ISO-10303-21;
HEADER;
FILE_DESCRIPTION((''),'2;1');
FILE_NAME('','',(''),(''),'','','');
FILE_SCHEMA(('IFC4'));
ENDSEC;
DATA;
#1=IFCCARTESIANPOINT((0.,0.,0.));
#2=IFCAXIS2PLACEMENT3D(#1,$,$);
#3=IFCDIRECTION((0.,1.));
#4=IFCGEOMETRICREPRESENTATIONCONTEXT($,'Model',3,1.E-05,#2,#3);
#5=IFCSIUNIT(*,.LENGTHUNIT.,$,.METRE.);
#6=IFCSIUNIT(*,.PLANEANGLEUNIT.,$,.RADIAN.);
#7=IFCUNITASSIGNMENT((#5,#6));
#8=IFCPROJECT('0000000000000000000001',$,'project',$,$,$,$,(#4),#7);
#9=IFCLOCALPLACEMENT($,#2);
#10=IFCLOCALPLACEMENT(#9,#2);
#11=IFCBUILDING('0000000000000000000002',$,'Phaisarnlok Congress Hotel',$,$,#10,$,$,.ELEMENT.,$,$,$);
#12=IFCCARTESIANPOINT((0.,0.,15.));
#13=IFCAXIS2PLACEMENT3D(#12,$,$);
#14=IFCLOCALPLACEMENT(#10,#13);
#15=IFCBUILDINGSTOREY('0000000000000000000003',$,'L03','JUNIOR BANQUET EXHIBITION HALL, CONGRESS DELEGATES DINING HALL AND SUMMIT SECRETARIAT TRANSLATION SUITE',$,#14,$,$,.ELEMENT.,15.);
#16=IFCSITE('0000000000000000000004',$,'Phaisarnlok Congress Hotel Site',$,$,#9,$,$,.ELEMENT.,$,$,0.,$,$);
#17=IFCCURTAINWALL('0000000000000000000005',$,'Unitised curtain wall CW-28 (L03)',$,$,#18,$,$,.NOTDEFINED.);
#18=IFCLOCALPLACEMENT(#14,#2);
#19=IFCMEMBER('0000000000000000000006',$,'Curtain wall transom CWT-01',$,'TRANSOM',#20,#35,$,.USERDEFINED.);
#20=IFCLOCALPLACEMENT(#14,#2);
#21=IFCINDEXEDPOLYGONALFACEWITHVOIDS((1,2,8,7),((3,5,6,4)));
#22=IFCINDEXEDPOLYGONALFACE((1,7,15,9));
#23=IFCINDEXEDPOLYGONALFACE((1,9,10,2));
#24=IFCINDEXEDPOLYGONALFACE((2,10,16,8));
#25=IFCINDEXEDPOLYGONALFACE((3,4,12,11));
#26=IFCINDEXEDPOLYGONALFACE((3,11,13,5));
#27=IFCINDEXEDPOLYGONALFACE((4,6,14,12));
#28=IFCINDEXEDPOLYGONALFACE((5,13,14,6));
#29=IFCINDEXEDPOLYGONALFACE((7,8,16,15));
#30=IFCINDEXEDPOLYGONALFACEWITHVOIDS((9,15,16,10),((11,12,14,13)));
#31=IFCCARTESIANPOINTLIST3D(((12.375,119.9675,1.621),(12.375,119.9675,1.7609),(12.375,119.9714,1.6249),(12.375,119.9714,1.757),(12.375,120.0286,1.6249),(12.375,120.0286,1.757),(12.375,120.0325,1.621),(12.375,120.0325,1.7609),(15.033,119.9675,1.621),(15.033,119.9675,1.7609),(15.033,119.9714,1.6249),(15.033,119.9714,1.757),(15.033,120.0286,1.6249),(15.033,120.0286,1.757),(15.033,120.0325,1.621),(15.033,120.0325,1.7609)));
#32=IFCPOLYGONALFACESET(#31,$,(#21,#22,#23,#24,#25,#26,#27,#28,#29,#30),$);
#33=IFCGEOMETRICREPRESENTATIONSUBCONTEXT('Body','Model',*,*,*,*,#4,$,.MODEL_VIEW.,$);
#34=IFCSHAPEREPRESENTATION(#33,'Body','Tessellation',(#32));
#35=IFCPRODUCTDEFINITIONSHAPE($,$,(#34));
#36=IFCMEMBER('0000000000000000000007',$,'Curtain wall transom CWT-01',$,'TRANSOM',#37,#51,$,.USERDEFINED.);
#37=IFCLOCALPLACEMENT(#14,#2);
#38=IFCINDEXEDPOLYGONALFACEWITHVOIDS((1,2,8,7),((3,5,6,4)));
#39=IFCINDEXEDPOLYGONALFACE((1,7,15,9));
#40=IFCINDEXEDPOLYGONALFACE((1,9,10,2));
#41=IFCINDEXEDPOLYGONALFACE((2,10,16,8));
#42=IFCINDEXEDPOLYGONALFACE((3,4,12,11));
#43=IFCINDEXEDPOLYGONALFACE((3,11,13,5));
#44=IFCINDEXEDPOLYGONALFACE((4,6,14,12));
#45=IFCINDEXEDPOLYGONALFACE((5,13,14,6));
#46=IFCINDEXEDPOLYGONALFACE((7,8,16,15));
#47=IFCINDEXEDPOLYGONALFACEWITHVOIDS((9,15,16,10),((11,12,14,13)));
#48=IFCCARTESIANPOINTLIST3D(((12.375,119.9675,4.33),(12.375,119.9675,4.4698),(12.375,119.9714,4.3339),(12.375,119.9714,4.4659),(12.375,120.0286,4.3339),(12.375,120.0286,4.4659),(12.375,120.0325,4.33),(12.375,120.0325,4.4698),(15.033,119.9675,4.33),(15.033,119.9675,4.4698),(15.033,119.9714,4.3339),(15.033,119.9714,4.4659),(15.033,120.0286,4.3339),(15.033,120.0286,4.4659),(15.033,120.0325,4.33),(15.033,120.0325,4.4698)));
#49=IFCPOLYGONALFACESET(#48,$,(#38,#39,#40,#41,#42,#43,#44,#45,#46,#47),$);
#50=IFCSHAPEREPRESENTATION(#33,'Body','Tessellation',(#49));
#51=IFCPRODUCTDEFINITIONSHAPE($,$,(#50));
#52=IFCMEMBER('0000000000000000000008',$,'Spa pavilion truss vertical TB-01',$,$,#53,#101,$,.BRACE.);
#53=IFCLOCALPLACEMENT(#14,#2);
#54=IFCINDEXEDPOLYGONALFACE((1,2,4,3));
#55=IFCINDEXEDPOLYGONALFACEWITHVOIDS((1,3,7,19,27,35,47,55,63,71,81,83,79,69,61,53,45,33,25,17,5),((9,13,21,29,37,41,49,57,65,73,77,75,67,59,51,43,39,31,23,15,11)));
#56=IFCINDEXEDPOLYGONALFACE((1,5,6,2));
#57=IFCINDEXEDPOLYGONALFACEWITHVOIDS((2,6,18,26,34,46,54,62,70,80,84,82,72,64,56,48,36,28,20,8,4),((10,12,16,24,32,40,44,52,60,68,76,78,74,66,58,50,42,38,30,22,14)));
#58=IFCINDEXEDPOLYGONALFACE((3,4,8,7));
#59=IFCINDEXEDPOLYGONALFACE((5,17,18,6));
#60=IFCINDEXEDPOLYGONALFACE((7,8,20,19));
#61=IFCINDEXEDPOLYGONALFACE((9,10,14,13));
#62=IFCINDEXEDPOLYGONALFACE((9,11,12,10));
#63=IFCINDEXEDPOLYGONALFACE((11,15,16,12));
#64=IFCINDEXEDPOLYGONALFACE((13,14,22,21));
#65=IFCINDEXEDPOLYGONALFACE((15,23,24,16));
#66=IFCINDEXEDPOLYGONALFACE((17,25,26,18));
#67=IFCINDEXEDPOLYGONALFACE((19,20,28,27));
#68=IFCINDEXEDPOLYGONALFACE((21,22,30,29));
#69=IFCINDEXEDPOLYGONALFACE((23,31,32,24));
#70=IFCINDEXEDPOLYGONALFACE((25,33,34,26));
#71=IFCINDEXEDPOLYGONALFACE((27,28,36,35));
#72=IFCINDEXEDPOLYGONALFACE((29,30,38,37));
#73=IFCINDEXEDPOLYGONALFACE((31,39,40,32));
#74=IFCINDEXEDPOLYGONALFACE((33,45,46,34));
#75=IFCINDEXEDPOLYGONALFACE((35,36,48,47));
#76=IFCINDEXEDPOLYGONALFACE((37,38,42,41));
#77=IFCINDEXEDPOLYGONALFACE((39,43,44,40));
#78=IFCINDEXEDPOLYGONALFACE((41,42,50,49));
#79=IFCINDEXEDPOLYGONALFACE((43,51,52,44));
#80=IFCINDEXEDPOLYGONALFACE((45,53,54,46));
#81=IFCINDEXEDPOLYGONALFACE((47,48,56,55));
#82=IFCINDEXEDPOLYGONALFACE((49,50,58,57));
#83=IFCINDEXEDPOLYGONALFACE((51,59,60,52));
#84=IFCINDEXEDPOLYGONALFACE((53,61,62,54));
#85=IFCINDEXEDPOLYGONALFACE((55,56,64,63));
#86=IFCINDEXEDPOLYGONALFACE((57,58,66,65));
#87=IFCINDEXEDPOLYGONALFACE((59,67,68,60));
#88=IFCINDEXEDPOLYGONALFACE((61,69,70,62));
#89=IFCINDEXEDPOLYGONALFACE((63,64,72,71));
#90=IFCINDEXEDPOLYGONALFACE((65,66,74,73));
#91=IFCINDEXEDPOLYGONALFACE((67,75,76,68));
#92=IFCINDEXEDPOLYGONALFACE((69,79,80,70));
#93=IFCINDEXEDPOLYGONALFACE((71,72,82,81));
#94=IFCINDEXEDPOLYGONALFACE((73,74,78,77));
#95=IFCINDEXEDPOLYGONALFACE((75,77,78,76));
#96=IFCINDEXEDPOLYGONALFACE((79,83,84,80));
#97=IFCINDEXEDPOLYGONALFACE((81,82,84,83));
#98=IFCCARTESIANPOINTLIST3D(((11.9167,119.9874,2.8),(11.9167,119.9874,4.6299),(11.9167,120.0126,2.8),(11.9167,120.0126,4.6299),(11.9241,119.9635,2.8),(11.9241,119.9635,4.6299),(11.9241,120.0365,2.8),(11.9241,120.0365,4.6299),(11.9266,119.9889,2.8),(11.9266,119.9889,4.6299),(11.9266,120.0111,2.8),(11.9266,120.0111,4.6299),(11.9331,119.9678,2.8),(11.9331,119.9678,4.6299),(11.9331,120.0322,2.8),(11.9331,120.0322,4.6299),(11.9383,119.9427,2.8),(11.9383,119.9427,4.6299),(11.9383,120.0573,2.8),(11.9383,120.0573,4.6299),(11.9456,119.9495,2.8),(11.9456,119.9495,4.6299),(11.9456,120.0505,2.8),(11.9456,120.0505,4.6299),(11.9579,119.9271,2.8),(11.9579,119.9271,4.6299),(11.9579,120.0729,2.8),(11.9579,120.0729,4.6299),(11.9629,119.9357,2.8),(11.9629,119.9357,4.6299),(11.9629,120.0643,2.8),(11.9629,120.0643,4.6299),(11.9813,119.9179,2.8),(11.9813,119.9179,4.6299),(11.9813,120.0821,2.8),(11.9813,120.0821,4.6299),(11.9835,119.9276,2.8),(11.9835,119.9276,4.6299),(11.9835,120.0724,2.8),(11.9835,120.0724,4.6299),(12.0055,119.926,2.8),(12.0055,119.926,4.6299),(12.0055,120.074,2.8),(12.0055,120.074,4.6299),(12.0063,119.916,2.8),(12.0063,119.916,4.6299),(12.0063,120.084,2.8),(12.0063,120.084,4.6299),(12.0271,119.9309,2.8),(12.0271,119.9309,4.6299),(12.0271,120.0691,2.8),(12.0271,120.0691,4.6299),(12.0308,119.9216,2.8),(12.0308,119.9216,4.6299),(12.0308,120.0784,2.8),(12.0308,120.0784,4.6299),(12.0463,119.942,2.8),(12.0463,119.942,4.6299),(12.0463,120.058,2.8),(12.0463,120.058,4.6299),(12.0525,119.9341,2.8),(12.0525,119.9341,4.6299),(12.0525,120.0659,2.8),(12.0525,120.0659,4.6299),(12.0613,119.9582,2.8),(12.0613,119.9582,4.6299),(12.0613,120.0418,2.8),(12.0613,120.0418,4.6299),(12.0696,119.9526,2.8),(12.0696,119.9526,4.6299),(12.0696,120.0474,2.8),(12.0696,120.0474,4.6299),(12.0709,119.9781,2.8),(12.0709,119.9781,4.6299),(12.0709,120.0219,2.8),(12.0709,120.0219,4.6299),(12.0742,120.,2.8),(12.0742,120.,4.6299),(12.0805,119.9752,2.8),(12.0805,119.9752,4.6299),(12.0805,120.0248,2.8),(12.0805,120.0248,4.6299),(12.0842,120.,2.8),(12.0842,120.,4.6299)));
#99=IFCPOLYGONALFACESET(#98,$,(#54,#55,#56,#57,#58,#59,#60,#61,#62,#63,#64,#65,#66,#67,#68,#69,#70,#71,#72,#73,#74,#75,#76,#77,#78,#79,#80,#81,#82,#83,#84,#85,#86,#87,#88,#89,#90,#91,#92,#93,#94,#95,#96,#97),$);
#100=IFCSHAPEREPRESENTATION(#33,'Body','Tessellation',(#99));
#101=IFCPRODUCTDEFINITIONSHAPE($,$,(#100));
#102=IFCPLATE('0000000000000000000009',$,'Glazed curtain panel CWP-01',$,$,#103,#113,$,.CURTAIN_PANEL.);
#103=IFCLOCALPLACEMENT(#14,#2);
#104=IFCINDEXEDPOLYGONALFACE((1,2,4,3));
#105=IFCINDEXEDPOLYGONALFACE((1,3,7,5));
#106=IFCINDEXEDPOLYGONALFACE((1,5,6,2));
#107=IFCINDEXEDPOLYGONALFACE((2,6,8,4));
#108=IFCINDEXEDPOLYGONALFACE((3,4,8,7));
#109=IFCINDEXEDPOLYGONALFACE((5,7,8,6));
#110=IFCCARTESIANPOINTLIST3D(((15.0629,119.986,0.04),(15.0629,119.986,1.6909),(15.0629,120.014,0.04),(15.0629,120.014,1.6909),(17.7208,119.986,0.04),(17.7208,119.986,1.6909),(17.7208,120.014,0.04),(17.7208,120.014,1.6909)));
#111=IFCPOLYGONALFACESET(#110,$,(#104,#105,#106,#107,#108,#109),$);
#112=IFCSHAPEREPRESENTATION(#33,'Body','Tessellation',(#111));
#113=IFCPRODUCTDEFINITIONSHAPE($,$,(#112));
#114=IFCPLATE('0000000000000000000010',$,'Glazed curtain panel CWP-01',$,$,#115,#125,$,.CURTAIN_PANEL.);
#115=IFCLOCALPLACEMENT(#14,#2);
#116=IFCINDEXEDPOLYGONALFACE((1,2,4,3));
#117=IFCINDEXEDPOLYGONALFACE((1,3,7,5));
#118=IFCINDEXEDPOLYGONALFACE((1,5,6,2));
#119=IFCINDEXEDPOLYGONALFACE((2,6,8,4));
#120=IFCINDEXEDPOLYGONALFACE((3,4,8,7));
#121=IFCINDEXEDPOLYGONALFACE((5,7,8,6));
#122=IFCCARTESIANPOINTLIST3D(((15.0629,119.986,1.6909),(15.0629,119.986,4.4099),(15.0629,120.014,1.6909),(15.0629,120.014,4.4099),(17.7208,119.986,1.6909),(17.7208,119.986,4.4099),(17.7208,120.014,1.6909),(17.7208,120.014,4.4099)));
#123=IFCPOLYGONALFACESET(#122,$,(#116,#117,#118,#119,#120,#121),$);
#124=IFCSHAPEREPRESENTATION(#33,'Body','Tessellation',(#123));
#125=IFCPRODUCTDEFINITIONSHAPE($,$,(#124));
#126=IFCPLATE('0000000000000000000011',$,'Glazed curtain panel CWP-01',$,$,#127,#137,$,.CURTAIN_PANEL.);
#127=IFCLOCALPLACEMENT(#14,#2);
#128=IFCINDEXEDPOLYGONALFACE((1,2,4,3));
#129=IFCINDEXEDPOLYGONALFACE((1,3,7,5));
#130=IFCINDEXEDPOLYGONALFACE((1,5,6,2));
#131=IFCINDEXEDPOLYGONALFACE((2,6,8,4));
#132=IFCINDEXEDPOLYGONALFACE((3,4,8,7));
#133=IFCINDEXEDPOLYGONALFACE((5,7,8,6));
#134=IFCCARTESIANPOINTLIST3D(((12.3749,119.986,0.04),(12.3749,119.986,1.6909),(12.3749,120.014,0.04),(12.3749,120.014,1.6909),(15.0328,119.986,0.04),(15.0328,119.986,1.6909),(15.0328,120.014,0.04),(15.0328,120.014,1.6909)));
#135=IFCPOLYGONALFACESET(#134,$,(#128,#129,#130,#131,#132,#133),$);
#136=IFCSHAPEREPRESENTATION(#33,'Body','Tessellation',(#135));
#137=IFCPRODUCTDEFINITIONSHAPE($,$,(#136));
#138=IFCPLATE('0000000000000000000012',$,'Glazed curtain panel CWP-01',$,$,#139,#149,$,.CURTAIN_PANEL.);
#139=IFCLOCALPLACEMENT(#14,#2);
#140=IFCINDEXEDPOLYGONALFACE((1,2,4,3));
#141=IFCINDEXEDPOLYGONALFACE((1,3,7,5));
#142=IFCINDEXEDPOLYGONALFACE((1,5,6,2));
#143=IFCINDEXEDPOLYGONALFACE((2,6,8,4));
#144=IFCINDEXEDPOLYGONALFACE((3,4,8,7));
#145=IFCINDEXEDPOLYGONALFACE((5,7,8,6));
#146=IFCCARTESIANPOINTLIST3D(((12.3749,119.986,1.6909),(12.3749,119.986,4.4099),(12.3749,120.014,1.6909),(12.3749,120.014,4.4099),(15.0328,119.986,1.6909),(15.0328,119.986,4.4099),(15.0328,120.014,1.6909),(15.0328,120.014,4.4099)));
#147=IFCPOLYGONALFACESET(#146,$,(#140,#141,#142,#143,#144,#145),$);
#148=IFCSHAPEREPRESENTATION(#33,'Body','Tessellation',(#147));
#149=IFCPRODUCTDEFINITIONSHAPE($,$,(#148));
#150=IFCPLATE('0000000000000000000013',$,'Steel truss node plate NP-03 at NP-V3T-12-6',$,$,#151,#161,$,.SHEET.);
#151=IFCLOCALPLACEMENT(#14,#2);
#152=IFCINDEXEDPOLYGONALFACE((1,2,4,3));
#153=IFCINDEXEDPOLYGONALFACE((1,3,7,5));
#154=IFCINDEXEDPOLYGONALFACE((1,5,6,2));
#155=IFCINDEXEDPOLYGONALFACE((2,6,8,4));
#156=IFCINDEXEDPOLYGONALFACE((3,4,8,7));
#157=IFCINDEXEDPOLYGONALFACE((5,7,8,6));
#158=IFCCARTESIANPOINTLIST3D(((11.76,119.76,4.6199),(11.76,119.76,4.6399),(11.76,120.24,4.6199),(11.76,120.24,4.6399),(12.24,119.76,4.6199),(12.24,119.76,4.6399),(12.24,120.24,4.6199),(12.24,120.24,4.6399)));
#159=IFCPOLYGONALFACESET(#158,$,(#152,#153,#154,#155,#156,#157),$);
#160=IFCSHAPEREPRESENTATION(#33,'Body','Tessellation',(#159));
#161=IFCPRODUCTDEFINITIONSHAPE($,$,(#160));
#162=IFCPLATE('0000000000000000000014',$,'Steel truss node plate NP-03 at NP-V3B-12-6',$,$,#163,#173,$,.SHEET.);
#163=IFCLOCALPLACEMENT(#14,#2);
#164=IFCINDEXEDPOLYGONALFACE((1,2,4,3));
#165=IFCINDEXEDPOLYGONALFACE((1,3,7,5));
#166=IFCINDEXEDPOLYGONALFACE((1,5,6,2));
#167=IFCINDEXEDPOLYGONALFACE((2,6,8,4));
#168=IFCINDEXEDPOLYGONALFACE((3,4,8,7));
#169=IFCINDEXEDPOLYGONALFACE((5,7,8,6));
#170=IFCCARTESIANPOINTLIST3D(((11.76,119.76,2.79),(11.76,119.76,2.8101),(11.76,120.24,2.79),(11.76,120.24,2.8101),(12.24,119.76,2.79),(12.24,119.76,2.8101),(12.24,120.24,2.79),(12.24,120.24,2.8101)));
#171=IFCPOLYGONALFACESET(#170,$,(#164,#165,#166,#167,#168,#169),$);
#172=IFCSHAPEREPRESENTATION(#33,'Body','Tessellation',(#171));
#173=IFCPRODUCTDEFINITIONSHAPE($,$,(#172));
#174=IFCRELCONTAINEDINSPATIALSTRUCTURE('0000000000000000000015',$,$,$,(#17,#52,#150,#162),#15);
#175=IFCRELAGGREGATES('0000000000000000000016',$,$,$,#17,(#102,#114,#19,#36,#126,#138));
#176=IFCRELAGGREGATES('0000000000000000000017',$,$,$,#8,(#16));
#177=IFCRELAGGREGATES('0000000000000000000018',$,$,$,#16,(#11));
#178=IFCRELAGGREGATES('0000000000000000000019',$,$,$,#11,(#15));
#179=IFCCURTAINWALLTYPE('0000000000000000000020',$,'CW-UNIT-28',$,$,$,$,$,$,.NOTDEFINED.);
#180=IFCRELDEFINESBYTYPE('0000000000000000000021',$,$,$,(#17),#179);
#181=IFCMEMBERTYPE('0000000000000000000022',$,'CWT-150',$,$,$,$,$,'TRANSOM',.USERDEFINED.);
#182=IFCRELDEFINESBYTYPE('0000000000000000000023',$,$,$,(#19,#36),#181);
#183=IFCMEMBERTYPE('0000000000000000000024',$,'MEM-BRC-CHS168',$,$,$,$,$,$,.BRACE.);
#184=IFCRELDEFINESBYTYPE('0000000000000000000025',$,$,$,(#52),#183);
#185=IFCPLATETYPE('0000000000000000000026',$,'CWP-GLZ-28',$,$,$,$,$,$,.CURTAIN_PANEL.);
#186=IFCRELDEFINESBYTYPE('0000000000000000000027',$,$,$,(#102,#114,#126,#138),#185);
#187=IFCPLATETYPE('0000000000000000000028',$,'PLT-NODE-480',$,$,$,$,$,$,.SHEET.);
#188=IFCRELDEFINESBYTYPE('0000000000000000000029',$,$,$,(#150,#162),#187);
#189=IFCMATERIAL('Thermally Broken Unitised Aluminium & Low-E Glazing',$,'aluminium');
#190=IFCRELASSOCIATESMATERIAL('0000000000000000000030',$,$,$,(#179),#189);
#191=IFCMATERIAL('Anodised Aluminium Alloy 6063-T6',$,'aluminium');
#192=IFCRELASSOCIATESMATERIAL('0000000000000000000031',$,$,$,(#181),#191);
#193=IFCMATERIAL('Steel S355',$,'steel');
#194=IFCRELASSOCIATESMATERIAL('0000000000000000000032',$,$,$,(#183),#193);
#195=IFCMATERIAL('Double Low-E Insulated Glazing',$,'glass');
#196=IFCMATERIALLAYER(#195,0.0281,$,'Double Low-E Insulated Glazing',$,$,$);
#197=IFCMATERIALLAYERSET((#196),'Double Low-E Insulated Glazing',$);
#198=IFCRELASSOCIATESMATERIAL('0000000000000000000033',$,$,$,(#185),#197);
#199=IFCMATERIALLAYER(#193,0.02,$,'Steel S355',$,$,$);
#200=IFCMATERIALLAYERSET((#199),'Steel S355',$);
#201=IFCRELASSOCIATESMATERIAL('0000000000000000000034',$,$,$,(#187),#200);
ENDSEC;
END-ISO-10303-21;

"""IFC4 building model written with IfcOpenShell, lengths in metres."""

from ifc_helpers import new_model, si_unit, direction, frame, frame_2d, origin, origin_2d, place, context, subcontext, project, spatial, rectangle, hollow_rectangle, hollow_circle, extrude, material, layer, layer_set, material_profile, profile_set, type_object, element, aggregate, save


model = new_model("IFC4")

# Units and contexts
model_context = context("Model", 3, precision=1e-05, world=origin(), true_north=direction((0.0, 1.0)))
body_context = subcontext(model_context, "Body", "Model", "MODEL_VIEW")
ifc_project = project(units=[si_unit("LENGTHUNIT", "METRE"), si_unit("PLANEANGLEUNIT", "RADIAN")], contexts=[model_context])

# Site, building, storey
site_placement = place(None, origin())
site = spatial("IfcSite", under=ifc_project, at=site_placement, Name="Phaisarnlok Congress Hotel Site", CompositionType="ELEMENT", RefElevation=0.0)
building_placement = place(site_placement, origin())
building = spatial("IfcBuilding", under=site, at=building_placement, Name="Phaisarnlok Congress Hotel", CompositionType="ELEMENT")
storey_placement = place(building_placement, frame((0.0, 0.0, 15.0)))
storey = spatial("IfcBuildingStorey", under=building, at=storey_placement, Name="L03", Description="JUNIOR BANQUET EXHIBITION HALL, CONGRESS DELEGATES DINING HALL AND SUMMIT SECRETARIAT TRANSLATION SUITE", CompositionType="ELEMENT", Elevation=15.0)

# Shared definitions
ifc_material_1 = material(Name="Steel S355", Category="steel")

# Curtain wall, members
ifc_material_2 = material(Name="Thermally Broken Unitised Aluminium & Low-E Glazing", Category="aluminium")
curtain_wall_type = type_object("IfcCurtainWallType", Name="CW-UNIT-28", PredefinedType="NOTDEFINED", material=ifc_material_2)
curtain_wall_placement = place(storey_placement, origin())
curtain_wall = element("IfcCurtainWall", 1, at=curtain_wall_placement, inside=storey, type_object=curtain_wall_type, Name="Unitised curtain wall CW-28 (L03)", PredefinedType="NOTDEFINED")
ifc_material_3 = material(Name="Anodised Aluminium Alloy 6063-T6", Category="aluminium")
ifc_material_profile_1 = material_profile(ifc_material_3, hollow_rectangle(XDim=0.0649, YDim=0.1399, WallThickness=0.0039, at=origin_2d()), Name="ALU-T 65x140x4")
ifc_profile_set_1 = profile_set([ifc_material_profile_1], Name="Anodised Aluminium Alloy 6063-T6")
member_type_1 = type_object("IfcMemberType", Name="CWT-150", ElementType="TRANSOM", PredefinedType="USERDEFINED", material=ifc_profile_set_1)
member_1_placement = place(storey_placement, frame((15.033, 120.0, 1.6909), z_axis=(-1.0, 0.0, 0.0), x_axis=(0.0, -1.0, 0.0)))
member_1 = element("IfcMember", 2, at=member_1_placement, type_object=member_type_1, Name="Curtain wall transom CWT-01", ObjectType="TRANSOM", PredefinedType="USERDEFINED", context=body_context, shape_type="SweptSolid", body=[
    extrude(hollow_rectangle(XDim=0.0649, YDim=0.1399, WallThickness=0.0039, at=origin_2d()), origin(), (0.0, 0.0, 1.0), 2.658),
])
member_2_placement = place(storey_placement, frame((15.033, 120.0, 4.3999), z_axis=(-1.0, 0.0, 0.0), x_axis=(0.0, -1.0, 0.0)))
member_2 = element("IfcMember", 3, at=member_2_placement, type_object=member_type_1, Name="Curtain wall transom CWT-01", ObjectType="TRANSOM", PredefinedType="USERDEFINED", context=body_context, shape_type="SweptSolid", body=[
    extrude(hollow_rectangle(XDim=0.0649, YDim=0.1399, WallThickness=0.0039, at=origin_2d()), origin(), (0.0, 0.0, 1.0), 2.658),
])

# Member
ifc_material_profile_2 = material_profile(ifc_material_1, hollow_circle(Radius=0.0842, WallThickness=0.01, at=origin_2d()), Name="CHS 168.3x10")
ifc_profile_set_2 = profile_set([ifc_material_profile_2], Name="Steel S355")
member_type_2 = type_object("IfcMemberType", Name="MEM-BRC-CHS168", PredefinedType="BRACE", material=ifc_profile_set_2)
member_3_placement = place(storey_placement, frame((12.0, 120.0, 2.8), z_axis=(0.0, 0.0, 1.0), x_axis=(1.0, 0.0, 0.0)))
element("IfcMember", 4, at=member_3_placement, inside=storey, type_object=member_type_2, Name="Spa pavilion truss vertical TB-01", PredefinedType="BRACE", context=body_context, shape_type="SweptSolid", body=[
    extrude(hollow_circle(Radius=0.0842, WallThickness=0.01, at=origin_2d()), origin(), (0.0, 0.0, 1.0), 1.8298),
])

# Plates
ifc_material_4 = material(Name="Double Low-E Insulated Glazing", Category="glass")
ifc_layer_1 = layer(ifc_material_4, 0.0281, Name="Double Low-E Insulated Glazing")
ifc_layer_set_1 = layer_set([ifc_layer_1], Name="Double Low-E Insulated Glazing")
plate_type_1 = type_object("IfcPlateType", Name="CWP-GLZ-28", PredefinedType="CURTAIN_PANEL", material=ifc_layer_set_1)
plate_1_placement = place(storey_placement, frame((17.7209, 120.0, 0.04), z_axis=(0.0, 0.0, 1.0), x_axis=(-1.0, 0.0, 0.0)))
plate_1 = element("IfcPlate", 5, at=plate_1_placement, type_object=plate_type_1, Name="Glazed curtain panel CWP-01", PredefinedType="CURTAIN_PANEL", context=body_context, shape_type="SweptSolid", body=[
    extrude(rectangle(XDim=2.658, YDim=0.0281, at=frame_2d((1.3291, 0.0))), origin(), (0.0, 0.0, 1.0), 1.6509),
])
plate_2_placement = place(storey_placement, frame((17.7209, 120.0, 1.6909), z_axis=(0.0, 0.0, 1.0), x_axis=(-1.0, 0.0, 0.0)))
plate_2 = element("IfcPlate", 6, at=plate_2_placement, type_object=plate_type_1, Name="Glazed curtain panel CWP-01", PredefinedType="CURTAIN_PANEL", context=body_context, shape_type="SweptSolid", body=[
    extrude(rectangle(XDim=2.658, YDim=0.0281, at=frame_2d((1.3291, 0.0))), origin(), (0.0, 0.0, 1.0), 2.719),
])
plate_3_placement = place(storey_placement, frame((15.033, 120.0, 0.04), z_axis=(0.0, 0.0, 1.0), x_axis=(-1.0, 0.0, 0.0)))
plate_3 = element("IfcPlate", 7, at=plate_3_placement, type_object=plate_type_1, Name="Glazed curtain panel CWP-01", PredefinedType="CURTAIN_PANEL", context=body_context, shape_type="SweptSolid", body=[
    extrude(rectangle(XDim=2.658, YDim=0.0281, at=frame_2d((1.3291, 0.0))), origin(), (0.0, 0.0, 1.0), 1.6509),
])
plate_4_placement = place(storey_placement, frame((15.033, 120.0, 1.6909), z_axis=(0.0, 0.0, 1.0), x_axis=(-1.0, 0.0, 0.0)))
plate_4 = element("IfcPlate", 8, at=plate_4_placement, type_object=plate_type_1, Name="Glazed curtain panel CWP-01", PredefinedType="CURTAIN_PANEL", context=body_context, shape_type="SweptSolid", body=[
    extrude(rectangle(XDim=2.658, YDim=0.0281, at=frame_2d((1.3291, 0.0))), origin(), (0.0, 0.0, 1.0), 2.719),
])
aggregate(curtain_wall, [plate_1, plate_2, member_1, member_2, plate_3, plate_4])

# Plates
ifc_layer_2 = layer(ifc_material_1, 0.02, Name="Steel S355")
ifc_layer_set_2 = layer_set([ifc_layer_2], Name="Steel S355")
plate_type_2 = type_object("IfcPlateType", Name="PLT-NODE-480", PredefinedType="SHEET", material=ifc_layer_set_2)
for number, where, z_axis, x_axis, name in (
    (9, (12.0, 120.0, 4.6199), (0.0, 0.0, 1.0), (1.0, 0.0, 0.0), "Steel truss node plate NP-03 at NP-V3T-12-6"),
    (10, (12.0, 120.0, 2.79), (0.0, 0.0, 1.0), (1.0, 0.0, 0.0), "Steel truss node plate NP-03 at NP-V3B-12-6"),
):
    element("IfcPlate", number, at=place(storey_placement, frame(where, z_axis=z_axis, x_axis=x_axis)), inside=storey, type_object=plate_type_2, Name=name, PredefinedType="SHEET", context=body_context, shape_type="SweptSolid", body=[
        extrude(rectangle(XDim=0.48, YDim=0.48, at=origin_2d()), origin(), (0.0, 0.0, 1.0), 0.02),
    ])

save(model, "model.ifc")
